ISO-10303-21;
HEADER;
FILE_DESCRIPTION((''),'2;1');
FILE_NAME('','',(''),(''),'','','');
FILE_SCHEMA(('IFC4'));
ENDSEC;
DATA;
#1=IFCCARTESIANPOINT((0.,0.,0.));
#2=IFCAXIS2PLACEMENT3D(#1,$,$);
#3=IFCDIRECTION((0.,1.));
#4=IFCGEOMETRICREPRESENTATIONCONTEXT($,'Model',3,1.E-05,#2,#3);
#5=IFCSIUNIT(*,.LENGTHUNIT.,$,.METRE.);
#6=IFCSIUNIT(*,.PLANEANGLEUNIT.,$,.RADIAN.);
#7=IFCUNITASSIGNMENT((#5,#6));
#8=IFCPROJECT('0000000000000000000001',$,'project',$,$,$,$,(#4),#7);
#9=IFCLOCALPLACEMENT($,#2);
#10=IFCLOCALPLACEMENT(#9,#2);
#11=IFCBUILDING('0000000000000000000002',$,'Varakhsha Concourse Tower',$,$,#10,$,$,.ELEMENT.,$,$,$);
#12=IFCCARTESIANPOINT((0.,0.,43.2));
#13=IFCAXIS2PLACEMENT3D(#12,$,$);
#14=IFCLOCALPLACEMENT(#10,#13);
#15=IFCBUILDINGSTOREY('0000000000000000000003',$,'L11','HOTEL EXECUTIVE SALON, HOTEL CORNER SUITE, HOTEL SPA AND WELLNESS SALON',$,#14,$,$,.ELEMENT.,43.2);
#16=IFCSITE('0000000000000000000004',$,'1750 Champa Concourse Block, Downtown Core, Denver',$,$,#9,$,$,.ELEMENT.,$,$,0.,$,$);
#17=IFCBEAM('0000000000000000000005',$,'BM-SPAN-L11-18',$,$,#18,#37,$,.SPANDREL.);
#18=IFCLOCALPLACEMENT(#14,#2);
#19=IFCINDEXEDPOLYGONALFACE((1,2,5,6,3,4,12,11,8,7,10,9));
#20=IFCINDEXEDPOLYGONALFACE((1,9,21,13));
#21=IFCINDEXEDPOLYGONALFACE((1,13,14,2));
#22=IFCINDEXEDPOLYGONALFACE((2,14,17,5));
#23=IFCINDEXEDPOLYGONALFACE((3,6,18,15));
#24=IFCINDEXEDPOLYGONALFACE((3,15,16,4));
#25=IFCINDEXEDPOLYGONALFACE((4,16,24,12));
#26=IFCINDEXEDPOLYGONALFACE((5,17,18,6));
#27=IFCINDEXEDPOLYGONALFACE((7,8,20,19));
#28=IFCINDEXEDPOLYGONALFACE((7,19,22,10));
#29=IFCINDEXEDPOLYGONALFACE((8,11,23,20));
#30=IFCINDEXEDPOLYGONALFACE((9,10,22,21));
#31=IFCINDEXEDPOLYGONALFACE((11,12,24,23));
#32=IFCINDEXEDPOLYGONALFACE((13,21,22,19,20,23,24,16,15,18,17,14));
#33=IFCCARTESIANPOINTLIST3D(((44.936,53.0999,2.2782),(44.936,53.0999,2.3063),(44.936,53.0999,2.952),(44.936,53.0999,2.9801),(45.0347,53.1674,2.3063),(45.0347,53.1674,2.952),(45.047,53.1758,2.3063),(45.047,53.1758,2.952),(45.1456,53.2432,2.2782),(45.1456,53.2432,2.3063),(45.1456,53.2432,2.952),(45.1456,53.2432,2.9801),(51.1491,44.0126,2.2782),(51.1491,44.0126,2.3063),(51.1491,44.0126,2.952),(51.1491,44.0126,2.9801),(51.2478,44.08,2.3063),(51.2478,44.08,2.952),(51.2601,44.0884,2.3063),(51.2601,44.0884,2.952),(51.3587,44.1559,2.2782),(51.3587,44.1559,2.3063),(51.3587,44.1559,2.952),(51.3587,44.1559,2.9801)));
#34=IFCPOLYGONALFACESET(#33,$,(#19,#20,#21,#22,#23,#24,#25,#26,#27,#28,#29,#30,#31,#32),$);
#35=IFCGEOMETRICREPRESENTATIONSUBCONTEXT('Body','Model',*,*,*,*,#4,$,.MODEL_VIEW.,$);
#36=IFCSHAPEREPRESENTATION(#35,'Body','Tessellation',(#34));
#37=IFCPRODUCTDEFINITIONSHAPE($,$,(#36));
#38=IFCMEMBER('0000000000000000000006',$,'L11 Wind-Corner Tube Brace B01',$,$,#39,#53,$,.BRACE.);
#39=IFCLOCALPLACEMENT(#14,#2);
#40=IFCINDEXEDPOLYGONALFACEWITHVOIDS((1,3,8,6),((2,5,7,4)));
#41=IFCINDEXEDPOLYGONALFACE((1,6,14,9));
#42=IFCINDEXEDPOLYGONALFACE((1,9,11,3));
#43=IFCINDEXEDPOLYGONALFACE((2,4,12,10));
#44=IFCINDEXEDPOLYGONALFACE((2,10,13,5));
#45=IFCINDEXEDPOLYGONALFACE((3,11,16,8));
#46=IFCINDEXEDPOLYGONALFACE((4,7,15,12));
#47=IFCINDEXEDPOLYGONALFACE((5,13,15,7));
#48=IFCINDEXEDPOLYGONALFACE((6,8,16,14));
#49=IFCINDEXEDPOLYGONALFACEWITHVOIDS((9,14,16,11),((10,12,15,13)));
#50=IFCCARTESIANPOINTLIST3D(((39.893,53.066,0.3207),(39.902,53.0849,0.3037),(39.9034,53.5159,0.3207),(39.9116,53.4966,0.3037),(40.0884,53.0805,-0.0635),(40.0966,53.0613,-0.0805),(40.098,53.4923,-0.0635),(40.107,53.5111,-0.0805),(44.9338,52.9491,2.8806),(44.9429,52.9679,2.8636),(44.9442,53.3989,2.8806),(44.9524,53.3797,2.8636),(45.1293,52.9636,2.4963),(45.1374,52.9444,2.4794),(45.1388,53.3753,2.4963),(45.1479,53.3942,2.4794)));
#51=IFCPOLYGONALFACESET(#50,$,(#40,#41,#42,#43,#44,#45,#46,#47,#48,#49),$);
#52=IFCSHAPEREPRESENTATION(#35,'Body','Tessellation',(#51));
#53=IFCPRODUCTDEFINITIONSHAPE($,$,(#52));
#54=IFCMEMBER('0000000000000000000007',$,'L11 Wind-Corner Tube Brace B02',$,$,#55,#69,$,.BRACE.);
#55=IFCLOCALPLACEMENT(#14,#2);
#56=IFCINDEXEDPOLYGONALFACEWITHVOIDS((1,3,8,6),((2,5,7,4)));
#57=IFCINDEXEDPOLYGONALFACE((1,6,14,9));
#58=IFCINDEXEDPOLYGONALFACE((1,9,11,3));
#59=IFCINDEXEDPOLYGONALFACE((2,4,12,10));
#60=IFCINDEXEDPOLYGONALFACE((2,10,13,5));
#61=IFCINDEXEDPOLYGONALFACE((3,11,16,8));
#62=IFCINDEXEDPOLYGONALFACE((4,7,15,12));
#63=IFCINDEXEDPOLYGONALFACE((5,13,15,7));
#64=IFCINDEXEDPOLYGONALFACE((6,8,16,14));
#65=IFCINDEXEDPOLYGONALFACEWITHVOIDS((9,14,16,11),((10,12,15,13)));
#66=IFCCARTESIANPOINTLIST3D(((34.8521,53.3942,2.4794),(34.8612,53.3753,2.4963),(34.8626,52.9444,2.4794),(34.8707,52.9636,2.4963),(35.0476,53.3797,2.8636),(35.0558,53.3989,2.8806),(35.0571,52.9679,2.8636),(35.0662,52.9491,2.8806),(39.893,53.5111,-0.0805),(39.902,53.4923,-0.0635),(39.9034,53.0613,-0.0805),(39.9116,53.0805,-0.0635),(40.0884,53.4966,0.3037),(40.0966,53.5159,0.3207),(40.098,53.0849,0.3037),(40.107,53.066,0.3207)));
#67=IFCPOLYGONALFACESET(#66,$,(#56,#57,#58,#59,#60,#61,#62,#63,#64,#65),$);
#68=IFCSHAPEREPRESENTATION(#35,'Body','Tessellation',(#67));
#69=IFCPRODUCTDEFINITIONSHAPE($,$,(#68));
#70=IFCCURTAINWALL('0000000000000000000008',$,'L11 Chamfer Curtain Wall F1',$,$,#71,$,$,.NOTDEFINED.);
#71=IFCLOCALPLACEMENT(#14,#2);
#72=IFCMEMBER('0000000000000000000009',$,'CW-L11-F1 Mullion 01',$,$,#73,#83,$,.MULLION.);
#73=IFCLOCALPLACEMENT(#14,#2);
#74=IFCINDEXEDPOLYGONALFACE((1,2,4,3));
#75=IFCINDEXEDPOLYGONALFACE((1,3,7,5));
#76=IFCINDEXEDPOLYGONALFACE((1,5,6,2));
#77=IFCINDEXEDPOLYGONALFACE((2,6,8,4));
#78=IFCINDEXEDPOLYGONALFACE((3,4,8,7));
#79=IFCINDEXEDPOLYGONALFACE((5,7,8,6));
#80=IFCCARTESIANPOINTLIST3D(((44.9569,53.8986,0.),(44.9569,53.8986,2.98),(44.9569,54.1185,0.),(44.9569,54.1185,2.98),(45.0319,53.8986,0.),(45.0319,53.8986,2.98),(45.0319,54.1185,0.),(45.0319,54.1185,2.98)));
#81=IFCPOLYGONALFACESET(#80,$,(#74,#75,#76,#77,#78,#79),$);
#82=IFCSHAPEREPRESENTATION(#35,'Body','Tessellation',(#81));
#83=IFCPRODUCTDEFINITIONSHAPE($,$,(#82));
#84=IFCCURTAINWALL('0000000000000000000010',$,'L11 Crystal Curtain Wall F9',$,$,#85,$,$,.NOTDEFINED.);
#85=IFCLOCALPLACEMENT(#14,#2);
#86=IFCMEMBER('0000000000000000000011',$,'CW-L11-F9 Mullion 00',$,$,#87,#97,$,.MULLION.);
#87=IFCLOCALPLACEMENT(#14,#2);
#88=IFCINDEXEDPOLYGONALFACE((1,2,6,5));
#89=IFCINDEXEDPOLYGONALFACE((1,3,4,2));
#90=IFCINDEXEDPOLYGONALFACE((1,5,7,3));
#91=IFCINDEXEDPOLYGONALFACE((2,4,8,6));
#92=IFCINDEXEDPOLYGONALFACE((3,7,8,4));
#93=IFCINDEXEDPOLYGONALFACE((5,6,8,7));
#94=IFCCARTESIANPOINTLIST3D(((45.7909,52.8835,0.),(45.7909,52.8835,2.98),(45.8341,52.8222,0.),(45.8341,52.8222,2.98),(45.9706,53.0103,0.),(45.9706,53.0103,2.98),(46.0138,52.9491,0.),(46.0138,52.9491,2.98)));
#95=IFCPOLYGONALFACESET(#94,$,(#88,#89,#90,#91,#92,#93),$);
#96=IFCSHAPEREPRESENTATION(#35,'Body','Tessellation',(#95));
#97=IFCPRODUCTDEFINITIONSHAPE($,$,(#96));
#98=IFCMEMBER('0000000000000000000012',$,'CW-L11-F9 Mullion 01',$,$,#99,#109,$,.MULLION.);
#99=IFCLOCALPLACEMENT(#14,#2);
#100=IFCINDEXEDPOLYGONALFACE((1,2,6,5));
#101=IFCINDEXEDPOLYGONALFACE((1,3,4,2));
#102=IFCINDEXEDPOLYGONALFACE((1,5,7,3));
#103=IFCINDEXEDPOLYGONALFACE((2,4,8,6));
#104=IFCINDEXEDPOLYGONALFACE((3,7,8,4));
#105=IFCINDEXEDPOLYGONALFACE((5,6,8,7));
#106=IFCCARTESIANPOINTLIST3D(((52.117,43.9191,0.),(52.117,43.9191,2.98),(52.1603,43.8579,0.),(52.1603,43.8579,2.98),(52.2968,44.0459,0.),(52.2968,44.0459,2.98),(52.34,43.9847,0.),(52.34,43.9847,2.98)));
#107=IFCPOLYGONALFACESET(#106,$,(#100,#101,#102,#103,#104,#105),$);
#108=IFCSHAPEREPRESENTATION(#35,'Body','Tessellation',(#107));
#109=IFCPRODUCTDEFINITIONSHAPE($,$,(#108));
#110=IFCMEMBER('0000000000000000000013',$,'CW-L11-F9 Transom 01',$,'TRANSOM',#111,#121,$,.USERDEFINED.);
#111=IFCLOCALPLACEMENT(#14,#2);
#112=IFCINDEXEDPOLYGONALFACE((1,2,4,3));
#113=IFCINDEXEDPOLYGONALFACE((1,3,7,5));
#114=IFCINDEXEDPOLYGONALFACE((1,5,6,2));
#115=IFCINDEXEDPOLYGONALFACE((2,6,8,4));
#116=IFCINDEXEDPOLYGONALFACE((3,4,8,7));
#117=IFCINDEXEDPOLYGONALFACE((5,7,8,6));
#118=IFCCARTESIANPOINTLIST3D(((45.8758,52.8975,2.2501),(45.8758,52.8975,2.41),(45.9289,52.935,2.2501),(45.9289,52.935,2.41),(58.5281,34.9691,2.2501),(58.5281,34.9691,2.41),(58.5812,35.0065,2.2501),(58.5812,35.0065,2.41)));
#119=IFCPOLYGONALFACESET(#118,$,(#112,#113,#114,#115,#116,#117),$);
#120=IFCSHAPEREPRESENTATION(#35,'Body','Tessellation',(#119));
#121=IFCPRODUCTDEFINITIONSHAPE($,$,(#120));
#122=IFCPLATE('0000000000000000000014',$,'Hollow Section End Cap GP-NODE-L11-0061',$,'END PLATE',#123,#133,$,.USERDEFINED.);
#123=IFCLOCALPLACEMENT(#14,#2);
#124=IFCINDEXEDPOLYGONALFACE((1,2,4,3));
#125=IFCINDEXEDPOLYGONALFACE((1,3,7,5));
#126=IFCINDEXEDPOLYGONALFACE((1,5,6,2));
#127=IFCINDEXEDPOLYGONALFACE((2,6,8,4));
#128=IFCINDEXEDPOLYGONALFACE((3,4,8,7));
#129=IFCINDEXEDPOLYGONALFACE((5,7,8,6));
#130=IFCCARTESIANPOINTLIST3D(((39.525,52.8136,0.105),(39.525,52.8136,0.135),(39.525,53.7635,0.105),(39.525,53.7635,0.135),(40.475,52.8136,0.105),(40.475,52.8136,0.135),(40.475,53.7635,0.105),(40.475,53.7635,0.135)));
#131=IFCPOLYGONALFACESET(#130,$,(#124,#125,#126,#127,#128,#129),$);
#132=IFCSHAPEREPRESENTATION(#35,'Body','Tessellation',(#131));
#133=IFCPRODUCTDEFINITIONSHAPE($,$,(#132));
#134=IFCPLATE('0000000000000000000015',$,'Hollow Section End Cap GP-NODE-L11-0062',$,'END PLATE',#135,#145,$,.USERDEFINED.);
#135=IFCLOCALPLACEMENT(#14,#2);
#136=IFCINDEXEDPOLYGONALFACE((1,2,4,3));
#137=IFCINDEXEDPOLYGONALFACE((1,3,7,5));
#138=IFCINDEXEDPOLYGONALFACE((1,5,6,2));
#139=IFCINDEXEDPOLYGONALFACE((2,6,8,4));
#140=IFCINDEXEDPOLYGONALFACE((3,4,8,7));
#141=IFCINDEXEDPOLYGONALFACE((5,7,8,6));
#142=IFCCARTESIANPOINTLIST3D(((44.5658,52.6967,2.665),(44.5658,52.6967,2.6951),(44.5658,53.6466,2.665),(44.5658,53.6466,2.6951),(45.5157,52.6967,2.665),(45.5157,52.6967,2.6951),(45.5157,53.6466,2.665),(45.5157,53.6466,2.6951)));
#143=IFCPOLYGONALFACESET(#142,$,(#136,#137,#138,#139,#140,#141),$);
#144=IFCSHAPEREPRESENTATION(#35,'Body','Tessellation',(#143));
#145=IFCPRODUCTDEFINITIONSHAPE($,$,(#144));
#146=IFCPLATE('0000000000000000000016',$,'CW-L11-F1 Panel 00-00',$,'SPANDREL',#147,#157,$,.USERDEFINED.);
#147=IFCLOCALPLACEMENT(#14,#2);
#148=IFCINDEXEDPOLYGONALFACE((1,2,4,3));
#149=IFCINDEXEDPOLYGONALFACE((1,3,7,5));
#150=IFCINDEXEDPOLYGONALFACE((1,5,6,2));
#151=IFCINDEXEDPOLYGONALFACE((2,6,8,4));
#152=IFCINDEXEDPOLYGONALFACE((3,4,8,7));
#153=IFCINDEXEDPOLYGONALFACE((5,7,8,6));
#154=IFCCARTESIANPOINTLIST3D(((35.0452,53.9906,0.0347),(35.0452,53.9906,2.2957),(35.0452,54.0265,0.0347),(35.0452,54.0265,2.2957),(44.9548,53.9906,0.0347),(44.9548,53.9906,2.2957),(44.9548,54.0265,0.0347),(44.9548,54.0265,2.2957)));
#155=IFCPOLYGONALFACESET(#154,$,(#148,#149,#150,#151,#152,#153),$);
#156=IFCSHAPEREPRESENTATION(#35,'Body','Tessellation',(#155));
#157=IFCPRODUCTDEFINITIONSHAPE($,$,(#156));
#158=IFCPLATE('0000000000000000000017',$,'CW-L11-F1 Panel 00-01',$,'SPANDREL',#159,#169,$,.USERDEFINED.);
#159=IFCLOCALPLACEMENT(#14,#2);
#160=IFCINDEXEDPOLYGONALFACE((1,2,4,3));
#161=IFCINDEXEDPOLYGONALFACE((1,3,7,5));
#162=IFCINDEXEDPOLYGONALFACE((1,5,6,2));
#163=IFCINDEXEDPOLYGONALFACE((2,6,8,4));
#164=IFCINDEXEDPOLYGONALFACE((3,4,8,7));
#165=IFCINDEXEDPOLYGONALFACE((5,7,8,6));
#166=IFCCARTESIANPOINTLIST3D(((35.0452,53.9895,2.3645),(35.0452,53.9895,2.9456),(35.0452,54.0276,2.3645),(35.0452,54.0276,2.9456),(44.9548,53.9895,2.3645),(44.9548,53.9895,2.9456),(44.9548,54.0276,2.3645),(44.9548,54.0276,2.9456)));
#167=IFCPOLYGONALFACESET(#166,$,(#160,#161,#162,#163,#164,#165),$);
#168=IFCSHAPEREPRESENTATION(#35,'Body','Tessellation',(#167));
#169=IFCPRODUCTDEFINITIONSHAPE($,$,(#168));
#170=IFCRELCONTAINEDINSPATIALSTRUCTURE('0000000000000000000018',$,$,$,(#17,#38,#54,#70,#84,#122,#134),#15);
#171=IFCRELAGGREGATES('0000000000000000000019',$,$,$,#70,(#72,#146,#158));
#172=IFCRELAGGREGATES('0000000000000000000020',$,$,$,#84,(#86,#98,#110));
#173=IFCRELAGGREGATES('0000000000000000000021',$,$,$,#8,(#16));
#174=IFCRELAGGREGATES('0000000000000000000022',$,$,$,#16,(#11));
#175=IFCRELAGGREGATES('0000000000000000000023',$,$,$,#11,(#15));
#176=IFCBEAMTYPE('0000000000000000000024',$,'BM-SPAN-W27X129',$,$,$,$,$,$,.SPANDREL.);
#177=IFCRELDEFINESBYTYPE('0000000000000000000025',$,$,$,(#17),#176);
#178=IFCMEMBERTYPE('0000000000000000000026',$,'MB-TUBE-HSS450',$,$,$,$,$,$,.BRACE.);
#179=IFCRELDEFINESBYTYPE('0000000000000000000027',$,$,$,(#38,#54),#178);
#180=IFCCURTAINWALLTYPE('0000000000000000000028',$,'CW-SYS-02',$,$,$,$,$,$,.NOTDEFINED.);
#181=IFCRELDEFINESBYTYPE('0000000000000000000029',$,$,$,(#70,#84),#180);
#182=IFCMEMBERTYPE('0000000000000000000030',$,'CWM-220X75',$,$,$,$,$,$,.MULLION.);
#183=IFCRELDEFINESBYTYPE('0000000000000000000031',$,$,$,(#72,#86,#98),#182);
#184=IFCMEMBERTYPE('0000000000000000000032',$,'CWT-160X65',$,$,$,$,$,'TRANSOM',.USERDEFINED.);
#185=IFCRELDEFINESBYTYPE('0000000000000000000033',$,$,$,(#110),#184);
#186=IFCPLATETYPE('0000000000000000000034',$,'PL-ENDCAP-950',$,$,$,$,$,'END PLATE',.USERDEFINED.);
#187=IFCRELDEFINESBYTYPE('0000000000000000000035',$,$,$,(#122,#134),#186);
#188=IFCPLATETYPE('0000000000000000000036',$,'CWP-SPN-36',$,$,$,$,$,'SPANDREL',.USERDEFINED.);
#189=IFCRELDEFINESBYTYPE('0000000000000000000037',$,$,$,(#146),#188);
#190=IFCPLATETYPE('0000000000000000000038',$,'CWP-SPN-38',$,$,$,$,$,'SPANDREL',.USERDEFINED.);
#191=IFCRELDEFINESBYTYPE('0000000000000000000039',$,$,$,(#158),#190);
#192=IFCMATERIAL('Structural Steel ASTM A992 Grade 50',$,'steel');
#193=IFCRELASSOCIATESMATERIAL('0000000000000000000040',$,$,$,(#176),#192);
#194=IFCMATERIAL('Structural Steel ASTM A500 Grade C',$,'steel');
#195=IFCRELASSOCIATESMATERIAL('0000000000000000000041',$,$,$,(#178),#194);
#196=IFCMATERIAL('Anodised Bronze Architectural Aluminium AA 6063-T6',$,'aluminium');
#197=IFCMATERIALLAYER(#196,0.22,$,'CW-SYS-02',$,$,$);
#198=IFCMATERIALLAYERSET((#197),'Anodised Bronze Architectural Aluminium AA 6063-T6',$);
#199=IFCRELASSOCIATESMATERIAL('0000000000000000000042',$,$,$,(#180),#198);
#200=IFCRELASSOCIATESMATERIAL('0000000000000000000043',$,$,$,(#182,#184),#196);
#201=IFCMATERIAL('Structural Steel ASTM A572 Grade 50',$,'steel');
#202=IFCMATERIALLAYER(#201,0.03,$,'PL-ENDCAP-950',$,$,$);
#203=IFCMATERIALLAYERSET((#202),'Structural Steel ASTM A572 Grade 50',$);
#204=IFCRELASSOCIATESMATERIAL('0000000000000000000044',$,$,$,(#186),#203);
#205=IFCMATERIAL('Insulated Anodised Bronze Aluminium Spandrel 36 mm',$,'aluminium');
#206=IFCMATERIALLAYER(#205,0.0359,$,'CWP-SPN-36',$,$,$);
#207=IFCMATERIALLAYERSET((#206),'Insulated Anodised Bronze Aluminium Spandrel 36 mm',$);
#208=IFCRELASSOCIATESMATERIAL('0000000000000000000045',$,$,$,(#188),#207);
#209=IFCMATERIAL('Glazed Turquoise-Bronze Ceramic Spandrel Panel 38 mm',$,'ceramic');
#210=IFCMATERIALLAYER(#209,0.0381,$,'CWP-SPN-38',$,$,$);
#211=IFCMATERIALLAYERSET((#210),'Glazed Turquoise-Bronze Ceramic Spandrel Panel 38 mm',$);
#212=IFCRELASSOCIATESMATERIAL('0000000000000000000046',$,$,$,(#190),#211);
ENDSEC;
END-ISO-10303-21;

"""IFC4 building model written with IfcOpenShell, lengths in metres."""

from ifc_helpers import new_model, si_unit, direction, frame, origin, origin_2d, place, context, subcontext, project, spatial, rectangle, hollow_rectangle, i_section, extrude, source, transform, mapped, material, layer, layer_set, material_profile, profile_set, type_object, type_shapes, element, aggregate, save


model = new_model("IFC4")

# Units and contexts
model_context = context("Model", 3, precision=1e-05, world=origin(), true_north=direction((0.0, 1.0)))
body_context = subcontext(model_context, "Body", "Model", "MODEL_VIEW")
ifc_project = project(units=[si_unit("LENGTHUNIT", "METRE"), si_unit("PLANEANGLEUNIT", "RADIAN")], contexts=[model_context])

# Site, building, storey
site_placement = place(None, origin())
site = spatial("IfcSite", under=ifc_project, at=site_placement, Name="1750 Champa Concourse Block, Downtown Core, Denver", CompositionType="ELEMENT", RefElevation=0.0)
building_placement = place(site_placement, origin())
building = spatial("IfcBuilding", under=site, at=building_placement, Name="Varakhsha Concourse Tower", CompositionType="ELEMENT")
storey_placement = place(building_placement, frame((0.0, 0.0, 43.2)))
storey = spatial("IfcBuildingStorey", under=building, at=storey_placement, Name="L11", Description="HOTEL EXECUTIVE SALON, HOTEL CORNER SUITE, HOTEL SPA AND WELLNESS SALON", CompositionType="ELEMENT", Elevation=43.2)

# Shared definitions
ifc_material_1 = material(Name="Structural Steel ASTM A992 Grade 50", Category="steel")
ifc_material_2 = material(Name="Structural Steel ASTM A572 Grade 50", Category="steel")

# Beam
ifc_material_profile_1 = material_profile(ifc_material_1, i_section(OverallWidth=0.2539, OverallDepth=0.7019, WebThickness=0.0149, FlangeThickness=0.0281, at=origin_2d()), Name="W27X129")
ifc_profile_set_1 = profile_set([ifc_material_profile_1], Name="Structural Steel ASTM A992 Grade 50")
beam_type_1 = type_object("IfcBeamType", Name="BM-SPAN-W27X129", PredefinedType="SPANDREL", material=ifc_profile_set_1)
beam_1_placement = place(storey_placement, frame((51.2539, 44.0842, 2.6292), z_axis=(-0.564402, 0.8255, 0.0), x_axis=(-0.8255, -0.564402, 0.0)))
element("IfcBeam", 1, at=beam_1_placement, inside=storey, type_object=beam_type_1, Name="BM-SPAN-L11-18", PredefinedType="SPANDREL", context=body_context, shape_type="SweptSolid", body=[
    extrude(i_section(OverallWidth=0.2539, OverallDepth=0.7019, WebThickness=0.0149, FlangeThickness=0.0281, at=origin_2d()), origin(), (0.0, 0.0, 1.0), 11.0083),
])

# Members
ifc_material_3 = material(Name="Structural Steel ASTM A500 Grade C", Category="steel")
ifc_material_profile_2 = material_profile(ifc_material_3, hollow_rectangle(XDim=0.45, YDim=0.45, WallThickness=0.019, at=origin_2d()), Name="HSS 450x450x19")
ifc_profile_set_2 = profile_set([ifc_material_profile_2], Name="Structural Steel ASTM A500 Grade C")
member_type_1 = type_object("IfcMemberType", Name="MB-TUBE-HSS450", PredefinedType="BRACE", material=ifc_profile_set_2)
shared_shape_1 = source(origin(), body_context, "Body", "SweptSolid", [
    extrude(hollow_rectangle(XDim=0.45, YDim=0.45, WallThickness=0.019, at=origin_2d()), origin(), (0.0, 0.0, 1.0), 5.6548),
])
type_shapes(member_type_1, [shared_shape_1])
for number, where, z_axis, x_axis, name in (
    (2, (40.0, 53.2886, 0.1201), (0.891429, -0.020681, 0.452687), (0.023193, 0.999731, 0.0), "L11 Wind-Corner Tube Brace B01"),
    (3, (40.0, 53.2886, 0.1201), (-0.891429, -0.020681, 0.452687), (0.023193, -0.999731, 0.0), "L11 Wind-Corner Tube Brace B02"),
):
    element("IfcMember", number, at=place(storey_placement, frame(where, z_axis=z_axis, x_axis=x_axis)), inside=storey, type_object=member_type_1, Name=name, PredefinedType="BRACE", context=body_context, shape_type="MappedRepresentation", body=[
        mapped(shared_shape_1, transform((0.0, 0.0, 0.0), scale=1.0)),
    ])

# Curtain wall, member
ifc_material_4 = material(Name="Anodised Bronze Architectural Aluminium AA 6063-T6", Category="aluminium")
ifc_layer_1 = layer(ifc_material_4, 0.22, Name="CW-SYS-02")
ifc_layer_set_1 = layer_set([ifc_layer_1], Name="Anodised Bronze Architectural Aluminium AA 6063-T6")
curtain_wall_type = type_object("IfcCurtainWallType", Name="CW-SYS-02", PredefinedType="NOTDEFINED", material=ifc_layer_set_1)
curtain_wall_1_placement = place(storey_placement, origin())
curtain_wall_1 = element("IfcCurtainWall", 4, at=curtain_wall_1_placement, inside=storey, type_object=curtain_wall_type, Name="L11 Chamfer Curtain Wall F1", PredefinedType="NOTDEFINED")
ifc_material_profile_3 = material_profile(ifc_material_4, rectangle(XDim=0.075, YDim=0.22, at=origin_2d()), Name="CWM-220X75")
ifc_profile_set_3 = profile_set([ifc_material_profile_3], Name="Anodised Bronze Architectural Aluminium AA 6063-T6")
member_type_2 = type_object("IfcMemberType", Name="CWM-220X75", PredefinedType="MULLION", material=ifc_profile_set_3)
shared_shape_2 = source(origin(), body_context, "Body", "SweptSolid", [
    extrude(rectangle(XDim=0.075, YDim=0.22, at=origin_2d()), origin(), (0.0, 0.0, 1.0), 2.98),
])
type_shapes(member_type_2, [shared_shape_2])
member_1_placement = place(storey_placement, frame((44.9944, 54.0085, 0.0), z_axis=(0.0, 0.0, 1.0), x_axis=(1.0, 0.0, 0.0)))
member_1 = element("IfcMember", 5, at=member_1_placement, type_object=member_type_2, Name="CW-L11-F1 Mullion 01", PredefinedType="MULLION", context=body_context, shape_type="MappedRepresentation", body=[
    mapped(shared_shape_2, transform((0.0, 0.0, 0.0), scale=1.0)),
])

# Curtain wall, members
curtain_wall_2_placement = place(storey_placement, origin())
curtain_wall_2 = element("IfcCurtainWall", 6, at=curtain_wall_2_placement, inside=storey, type_object=curtain_wall_type, Name="L11 Crystal Curtain Wall F9", PredefinedType="NOTDEFINED")
member_2_placement = place(storey_placement, frame((45.9023, 52.9163, 0.0), z_axis=(0.0, 0.0, 1.0), x_axis=(0.576593, -0.817031, 0.0)))
member_2 = element("IfcMember", 7, at=member_2_placement, type_object=member_type_2, Name="CW-L11-F9 Mullion 00", PredefinedType="MULLION", context=body_context, shape_type="MappedRepresentation", body=[
    mapped(shared_shape_2, transform((0.0, 0.0, 0.0), scale=1.0)),
])
member_3_placement = place(storey_placement, frame((52.2285, 43.9519, 0.0), z_axis=(0.0, 0.0, 1.0), x_axis=(0.576593, -0.817031, 0.0)))
member_3 = element("IfcMember", 8, at=member_3_placement, type_object=member_type_2, Name="CW-L11-F9 Mullion 01", PredefinedType="MULLION", context=body_context, shape_type="MappedRepresentation", body=[
    mapped(shared_shape_2, transform((0.0, 0.0, 0.0), scale=1.0)),
])
ifc_material_profile_4 = material_profile(ifc_material_4, rectangle(XDim=0.0649, YDim=0.1599, at=origin_2d()), Name="CWT-160X65")
ifc_profile_set_4 = profile_set([ifc_material_profile_4], Name="Anodised Bronze Architectural Aluminium AA 6063-T6")
member_type_3 = type_object("IfcMemberType", Name="CWT-160X65", ElementType="TRANSOM", PredefinedType="USERDEFINED", material=ifc_profile_set_4)
shared_shape_3 = source(origin(), body_context, "Body", "SweptSolid", [
    extrude(rectangle(XDim=0.0649, YDim=0.1599, at=origin_2d()), origin(), (0.0, 0.0, 1.0), 21.9434),
])
type_shapes(member_type_3, [shared_shape_3])
member_4_placement = place(storey_placement, frame((45.9023, 52.9163, 2.3301), z_axis=(0.576591, -0.817033, 0.0), x_axis=(0.817033, 0.576591, 0.0)))
member_4 = element("IfcMember", 9, at=member_4_placement, type_object=member_type_3, Name="CW-L11-F9 Transom 01", ObjectType="TRANSOM", PredefinedType="USERDEFINED", context=body_context, shape_type="MappedRepresentation", body=[
    mapped(shared_shape_3, transform((0.0, 0.0, 0.0), scale=1.0)),
])

# Plates
ifc_layer_2 = layer(ifc_material_2, 0.03, Name="PL-ENDCAP-950")
ifc_layer_set_2 = layer_set([ifc_layer_2], Name="Structural Steel ASTM A572 Grade 50")
plate_type_1 = type_object("IfcPlateType", Name="PL-ENDCAP-950", ElementType="END PLATE", PredefinedType="USERDEFINED", material=ifc_layer_set_2)
shared_shape_4 = source(origin(), body_context, "Body", "SweptSolid", [
    extrude(rectangle(XDim=0.95, YDim=0.95, at=origin_2d()), origin(), (0.0, 0.0, 1.0), 0.03),
])
type_shapes(plate_type_1, [shared_shape_4])
for number, where, z_axis, x_axis, name in (
    (10, (40.0, 53.2886, 0.105), (0.0, 0.0, 1.0), (1.0, 0.0, 0.0), "Hollow Section End Cap GP-NODE-L11-0061"),
    (11, (45.0408, 53.1716, 2.665), (0.0, 0.0, 1.0), (1.0, 0.0, 0.0), "Hollow Section End Cap GP-NODE-L11-0062"),
):
    element("IfcPlate", number, at=place(storey_placement, frame(where, z_axis=z_axis, x_axis=x_axis)), inside=storey, type_object=plate_type_1, Name=name, ObjectType="END PLATE", PredefinedType="USERDEFINED", context=body_context, shape_type="MappedRepresentation", body=[
        mapped(shared_shape_4, transform((0.0, 0.0, 0.0), scale=1.0)),
    ])

# Plates
ifc_material_5 = material(Name="Insulated Anodised Bronze Aluminium Spandrel 36 mm", Category="aluminium")
ifc_layer_3 = layer(ifc_material_5, 0.0359, Name="CWP-SPN-36")
ifc_layer_set_3 = layer_set([ifc_layer_3], Name="Insulated Anodised Bronze Aluminium Spandrel 36 mm")
plate_type_2 = type_object("IfcPlateType", Name="CWP-SPN-36", ElementType="SPANDREL", PredefinedType="USERDEFINED", material=ifc_layer_set_3)
shared_shape_5 = source(origin(), body_context, "Body", "SweptSolid", [
    extrude(rectangle(XDim=9.9097, YDim=0.0359, at=origin_2d()), origin(), (0.0, 0.0, 1.0), 2.261),
])
type_shapes(plate_type_2, [shared_shape_5])
plate_1_placement = place(storey_placement, frame((40.0, 54.0085, 0.0347), z_axis=(0.0, 0.0, 1.0), x_axis=(1.0, 0.0, 0.0)))
plate_1 = element("IfcPlate", 12, at=plate_1_placement, type_object=plate_type_2, Name="CW-L11-F1 Panel 00-00", ObjectType="SPANDREL", PredefinedType="USERDEFINED", context=body_context, shape_type="MappedRepresentation", body=[
    mapped(shared_shape_5, transform((0.0, 0.0, 0.0), scale=1.0)),
])
ifc_material_6 = material(Name="Glazed Turquoise-Bronze Ceramic Spandrel Panel 38 mm", Category="ceramic")
ifc_layer_4 = layer(ifc_material_6, 0.0381, Name="CWP-SPN-38")
ifc_layer_set_4 = layer_set([ifc_layer_4], Name="Glazed Turquoise-Bronze Ceramic Spandrel Panel 38 mm")
plate_type_3 = type_object("IfcPlateType", Name="CWP-SPN-38", ElementType="SPANDREL", PredefinedType="USERDEFINED", material=ifc_layer_set_4)
shared_shape_6 = source(origin(), body_context, "Body", "SweptSolid", [
    extrude(rectangle(XDim=9.9097, YDim=0.0381, at=origin_2d()), origin(), (0.0, 0.0, 1.0), 0.5811),
])
plate_2_placement = place(storey_placement, frame((40.0, 54.0085, 2.3645), z_axis=(0.0, 0.0, 1.0), x_axis=(1.0, 0.0, 0.0)))
plate_2 = element("IfcPlate", 13, at=plate_2_placement, type_object=plate_type_3, Name="CW-L11-F1 Panel 00-01", ObjectType="SPANDREL", PredefinedType="USERDEFINED", context=body_context, shape_type="MappedRepresentation", body=[
    mapped(shared_shape_6, transform((0.0, 0.0, 0.0), scale=1.0)),
])
aggregate(curtain_wall_1, [member_1, plate_1, plate_2])
aggregate(curtain_wall_2, [member_2, member_3, member_4])

save(model, "model.ifc")
